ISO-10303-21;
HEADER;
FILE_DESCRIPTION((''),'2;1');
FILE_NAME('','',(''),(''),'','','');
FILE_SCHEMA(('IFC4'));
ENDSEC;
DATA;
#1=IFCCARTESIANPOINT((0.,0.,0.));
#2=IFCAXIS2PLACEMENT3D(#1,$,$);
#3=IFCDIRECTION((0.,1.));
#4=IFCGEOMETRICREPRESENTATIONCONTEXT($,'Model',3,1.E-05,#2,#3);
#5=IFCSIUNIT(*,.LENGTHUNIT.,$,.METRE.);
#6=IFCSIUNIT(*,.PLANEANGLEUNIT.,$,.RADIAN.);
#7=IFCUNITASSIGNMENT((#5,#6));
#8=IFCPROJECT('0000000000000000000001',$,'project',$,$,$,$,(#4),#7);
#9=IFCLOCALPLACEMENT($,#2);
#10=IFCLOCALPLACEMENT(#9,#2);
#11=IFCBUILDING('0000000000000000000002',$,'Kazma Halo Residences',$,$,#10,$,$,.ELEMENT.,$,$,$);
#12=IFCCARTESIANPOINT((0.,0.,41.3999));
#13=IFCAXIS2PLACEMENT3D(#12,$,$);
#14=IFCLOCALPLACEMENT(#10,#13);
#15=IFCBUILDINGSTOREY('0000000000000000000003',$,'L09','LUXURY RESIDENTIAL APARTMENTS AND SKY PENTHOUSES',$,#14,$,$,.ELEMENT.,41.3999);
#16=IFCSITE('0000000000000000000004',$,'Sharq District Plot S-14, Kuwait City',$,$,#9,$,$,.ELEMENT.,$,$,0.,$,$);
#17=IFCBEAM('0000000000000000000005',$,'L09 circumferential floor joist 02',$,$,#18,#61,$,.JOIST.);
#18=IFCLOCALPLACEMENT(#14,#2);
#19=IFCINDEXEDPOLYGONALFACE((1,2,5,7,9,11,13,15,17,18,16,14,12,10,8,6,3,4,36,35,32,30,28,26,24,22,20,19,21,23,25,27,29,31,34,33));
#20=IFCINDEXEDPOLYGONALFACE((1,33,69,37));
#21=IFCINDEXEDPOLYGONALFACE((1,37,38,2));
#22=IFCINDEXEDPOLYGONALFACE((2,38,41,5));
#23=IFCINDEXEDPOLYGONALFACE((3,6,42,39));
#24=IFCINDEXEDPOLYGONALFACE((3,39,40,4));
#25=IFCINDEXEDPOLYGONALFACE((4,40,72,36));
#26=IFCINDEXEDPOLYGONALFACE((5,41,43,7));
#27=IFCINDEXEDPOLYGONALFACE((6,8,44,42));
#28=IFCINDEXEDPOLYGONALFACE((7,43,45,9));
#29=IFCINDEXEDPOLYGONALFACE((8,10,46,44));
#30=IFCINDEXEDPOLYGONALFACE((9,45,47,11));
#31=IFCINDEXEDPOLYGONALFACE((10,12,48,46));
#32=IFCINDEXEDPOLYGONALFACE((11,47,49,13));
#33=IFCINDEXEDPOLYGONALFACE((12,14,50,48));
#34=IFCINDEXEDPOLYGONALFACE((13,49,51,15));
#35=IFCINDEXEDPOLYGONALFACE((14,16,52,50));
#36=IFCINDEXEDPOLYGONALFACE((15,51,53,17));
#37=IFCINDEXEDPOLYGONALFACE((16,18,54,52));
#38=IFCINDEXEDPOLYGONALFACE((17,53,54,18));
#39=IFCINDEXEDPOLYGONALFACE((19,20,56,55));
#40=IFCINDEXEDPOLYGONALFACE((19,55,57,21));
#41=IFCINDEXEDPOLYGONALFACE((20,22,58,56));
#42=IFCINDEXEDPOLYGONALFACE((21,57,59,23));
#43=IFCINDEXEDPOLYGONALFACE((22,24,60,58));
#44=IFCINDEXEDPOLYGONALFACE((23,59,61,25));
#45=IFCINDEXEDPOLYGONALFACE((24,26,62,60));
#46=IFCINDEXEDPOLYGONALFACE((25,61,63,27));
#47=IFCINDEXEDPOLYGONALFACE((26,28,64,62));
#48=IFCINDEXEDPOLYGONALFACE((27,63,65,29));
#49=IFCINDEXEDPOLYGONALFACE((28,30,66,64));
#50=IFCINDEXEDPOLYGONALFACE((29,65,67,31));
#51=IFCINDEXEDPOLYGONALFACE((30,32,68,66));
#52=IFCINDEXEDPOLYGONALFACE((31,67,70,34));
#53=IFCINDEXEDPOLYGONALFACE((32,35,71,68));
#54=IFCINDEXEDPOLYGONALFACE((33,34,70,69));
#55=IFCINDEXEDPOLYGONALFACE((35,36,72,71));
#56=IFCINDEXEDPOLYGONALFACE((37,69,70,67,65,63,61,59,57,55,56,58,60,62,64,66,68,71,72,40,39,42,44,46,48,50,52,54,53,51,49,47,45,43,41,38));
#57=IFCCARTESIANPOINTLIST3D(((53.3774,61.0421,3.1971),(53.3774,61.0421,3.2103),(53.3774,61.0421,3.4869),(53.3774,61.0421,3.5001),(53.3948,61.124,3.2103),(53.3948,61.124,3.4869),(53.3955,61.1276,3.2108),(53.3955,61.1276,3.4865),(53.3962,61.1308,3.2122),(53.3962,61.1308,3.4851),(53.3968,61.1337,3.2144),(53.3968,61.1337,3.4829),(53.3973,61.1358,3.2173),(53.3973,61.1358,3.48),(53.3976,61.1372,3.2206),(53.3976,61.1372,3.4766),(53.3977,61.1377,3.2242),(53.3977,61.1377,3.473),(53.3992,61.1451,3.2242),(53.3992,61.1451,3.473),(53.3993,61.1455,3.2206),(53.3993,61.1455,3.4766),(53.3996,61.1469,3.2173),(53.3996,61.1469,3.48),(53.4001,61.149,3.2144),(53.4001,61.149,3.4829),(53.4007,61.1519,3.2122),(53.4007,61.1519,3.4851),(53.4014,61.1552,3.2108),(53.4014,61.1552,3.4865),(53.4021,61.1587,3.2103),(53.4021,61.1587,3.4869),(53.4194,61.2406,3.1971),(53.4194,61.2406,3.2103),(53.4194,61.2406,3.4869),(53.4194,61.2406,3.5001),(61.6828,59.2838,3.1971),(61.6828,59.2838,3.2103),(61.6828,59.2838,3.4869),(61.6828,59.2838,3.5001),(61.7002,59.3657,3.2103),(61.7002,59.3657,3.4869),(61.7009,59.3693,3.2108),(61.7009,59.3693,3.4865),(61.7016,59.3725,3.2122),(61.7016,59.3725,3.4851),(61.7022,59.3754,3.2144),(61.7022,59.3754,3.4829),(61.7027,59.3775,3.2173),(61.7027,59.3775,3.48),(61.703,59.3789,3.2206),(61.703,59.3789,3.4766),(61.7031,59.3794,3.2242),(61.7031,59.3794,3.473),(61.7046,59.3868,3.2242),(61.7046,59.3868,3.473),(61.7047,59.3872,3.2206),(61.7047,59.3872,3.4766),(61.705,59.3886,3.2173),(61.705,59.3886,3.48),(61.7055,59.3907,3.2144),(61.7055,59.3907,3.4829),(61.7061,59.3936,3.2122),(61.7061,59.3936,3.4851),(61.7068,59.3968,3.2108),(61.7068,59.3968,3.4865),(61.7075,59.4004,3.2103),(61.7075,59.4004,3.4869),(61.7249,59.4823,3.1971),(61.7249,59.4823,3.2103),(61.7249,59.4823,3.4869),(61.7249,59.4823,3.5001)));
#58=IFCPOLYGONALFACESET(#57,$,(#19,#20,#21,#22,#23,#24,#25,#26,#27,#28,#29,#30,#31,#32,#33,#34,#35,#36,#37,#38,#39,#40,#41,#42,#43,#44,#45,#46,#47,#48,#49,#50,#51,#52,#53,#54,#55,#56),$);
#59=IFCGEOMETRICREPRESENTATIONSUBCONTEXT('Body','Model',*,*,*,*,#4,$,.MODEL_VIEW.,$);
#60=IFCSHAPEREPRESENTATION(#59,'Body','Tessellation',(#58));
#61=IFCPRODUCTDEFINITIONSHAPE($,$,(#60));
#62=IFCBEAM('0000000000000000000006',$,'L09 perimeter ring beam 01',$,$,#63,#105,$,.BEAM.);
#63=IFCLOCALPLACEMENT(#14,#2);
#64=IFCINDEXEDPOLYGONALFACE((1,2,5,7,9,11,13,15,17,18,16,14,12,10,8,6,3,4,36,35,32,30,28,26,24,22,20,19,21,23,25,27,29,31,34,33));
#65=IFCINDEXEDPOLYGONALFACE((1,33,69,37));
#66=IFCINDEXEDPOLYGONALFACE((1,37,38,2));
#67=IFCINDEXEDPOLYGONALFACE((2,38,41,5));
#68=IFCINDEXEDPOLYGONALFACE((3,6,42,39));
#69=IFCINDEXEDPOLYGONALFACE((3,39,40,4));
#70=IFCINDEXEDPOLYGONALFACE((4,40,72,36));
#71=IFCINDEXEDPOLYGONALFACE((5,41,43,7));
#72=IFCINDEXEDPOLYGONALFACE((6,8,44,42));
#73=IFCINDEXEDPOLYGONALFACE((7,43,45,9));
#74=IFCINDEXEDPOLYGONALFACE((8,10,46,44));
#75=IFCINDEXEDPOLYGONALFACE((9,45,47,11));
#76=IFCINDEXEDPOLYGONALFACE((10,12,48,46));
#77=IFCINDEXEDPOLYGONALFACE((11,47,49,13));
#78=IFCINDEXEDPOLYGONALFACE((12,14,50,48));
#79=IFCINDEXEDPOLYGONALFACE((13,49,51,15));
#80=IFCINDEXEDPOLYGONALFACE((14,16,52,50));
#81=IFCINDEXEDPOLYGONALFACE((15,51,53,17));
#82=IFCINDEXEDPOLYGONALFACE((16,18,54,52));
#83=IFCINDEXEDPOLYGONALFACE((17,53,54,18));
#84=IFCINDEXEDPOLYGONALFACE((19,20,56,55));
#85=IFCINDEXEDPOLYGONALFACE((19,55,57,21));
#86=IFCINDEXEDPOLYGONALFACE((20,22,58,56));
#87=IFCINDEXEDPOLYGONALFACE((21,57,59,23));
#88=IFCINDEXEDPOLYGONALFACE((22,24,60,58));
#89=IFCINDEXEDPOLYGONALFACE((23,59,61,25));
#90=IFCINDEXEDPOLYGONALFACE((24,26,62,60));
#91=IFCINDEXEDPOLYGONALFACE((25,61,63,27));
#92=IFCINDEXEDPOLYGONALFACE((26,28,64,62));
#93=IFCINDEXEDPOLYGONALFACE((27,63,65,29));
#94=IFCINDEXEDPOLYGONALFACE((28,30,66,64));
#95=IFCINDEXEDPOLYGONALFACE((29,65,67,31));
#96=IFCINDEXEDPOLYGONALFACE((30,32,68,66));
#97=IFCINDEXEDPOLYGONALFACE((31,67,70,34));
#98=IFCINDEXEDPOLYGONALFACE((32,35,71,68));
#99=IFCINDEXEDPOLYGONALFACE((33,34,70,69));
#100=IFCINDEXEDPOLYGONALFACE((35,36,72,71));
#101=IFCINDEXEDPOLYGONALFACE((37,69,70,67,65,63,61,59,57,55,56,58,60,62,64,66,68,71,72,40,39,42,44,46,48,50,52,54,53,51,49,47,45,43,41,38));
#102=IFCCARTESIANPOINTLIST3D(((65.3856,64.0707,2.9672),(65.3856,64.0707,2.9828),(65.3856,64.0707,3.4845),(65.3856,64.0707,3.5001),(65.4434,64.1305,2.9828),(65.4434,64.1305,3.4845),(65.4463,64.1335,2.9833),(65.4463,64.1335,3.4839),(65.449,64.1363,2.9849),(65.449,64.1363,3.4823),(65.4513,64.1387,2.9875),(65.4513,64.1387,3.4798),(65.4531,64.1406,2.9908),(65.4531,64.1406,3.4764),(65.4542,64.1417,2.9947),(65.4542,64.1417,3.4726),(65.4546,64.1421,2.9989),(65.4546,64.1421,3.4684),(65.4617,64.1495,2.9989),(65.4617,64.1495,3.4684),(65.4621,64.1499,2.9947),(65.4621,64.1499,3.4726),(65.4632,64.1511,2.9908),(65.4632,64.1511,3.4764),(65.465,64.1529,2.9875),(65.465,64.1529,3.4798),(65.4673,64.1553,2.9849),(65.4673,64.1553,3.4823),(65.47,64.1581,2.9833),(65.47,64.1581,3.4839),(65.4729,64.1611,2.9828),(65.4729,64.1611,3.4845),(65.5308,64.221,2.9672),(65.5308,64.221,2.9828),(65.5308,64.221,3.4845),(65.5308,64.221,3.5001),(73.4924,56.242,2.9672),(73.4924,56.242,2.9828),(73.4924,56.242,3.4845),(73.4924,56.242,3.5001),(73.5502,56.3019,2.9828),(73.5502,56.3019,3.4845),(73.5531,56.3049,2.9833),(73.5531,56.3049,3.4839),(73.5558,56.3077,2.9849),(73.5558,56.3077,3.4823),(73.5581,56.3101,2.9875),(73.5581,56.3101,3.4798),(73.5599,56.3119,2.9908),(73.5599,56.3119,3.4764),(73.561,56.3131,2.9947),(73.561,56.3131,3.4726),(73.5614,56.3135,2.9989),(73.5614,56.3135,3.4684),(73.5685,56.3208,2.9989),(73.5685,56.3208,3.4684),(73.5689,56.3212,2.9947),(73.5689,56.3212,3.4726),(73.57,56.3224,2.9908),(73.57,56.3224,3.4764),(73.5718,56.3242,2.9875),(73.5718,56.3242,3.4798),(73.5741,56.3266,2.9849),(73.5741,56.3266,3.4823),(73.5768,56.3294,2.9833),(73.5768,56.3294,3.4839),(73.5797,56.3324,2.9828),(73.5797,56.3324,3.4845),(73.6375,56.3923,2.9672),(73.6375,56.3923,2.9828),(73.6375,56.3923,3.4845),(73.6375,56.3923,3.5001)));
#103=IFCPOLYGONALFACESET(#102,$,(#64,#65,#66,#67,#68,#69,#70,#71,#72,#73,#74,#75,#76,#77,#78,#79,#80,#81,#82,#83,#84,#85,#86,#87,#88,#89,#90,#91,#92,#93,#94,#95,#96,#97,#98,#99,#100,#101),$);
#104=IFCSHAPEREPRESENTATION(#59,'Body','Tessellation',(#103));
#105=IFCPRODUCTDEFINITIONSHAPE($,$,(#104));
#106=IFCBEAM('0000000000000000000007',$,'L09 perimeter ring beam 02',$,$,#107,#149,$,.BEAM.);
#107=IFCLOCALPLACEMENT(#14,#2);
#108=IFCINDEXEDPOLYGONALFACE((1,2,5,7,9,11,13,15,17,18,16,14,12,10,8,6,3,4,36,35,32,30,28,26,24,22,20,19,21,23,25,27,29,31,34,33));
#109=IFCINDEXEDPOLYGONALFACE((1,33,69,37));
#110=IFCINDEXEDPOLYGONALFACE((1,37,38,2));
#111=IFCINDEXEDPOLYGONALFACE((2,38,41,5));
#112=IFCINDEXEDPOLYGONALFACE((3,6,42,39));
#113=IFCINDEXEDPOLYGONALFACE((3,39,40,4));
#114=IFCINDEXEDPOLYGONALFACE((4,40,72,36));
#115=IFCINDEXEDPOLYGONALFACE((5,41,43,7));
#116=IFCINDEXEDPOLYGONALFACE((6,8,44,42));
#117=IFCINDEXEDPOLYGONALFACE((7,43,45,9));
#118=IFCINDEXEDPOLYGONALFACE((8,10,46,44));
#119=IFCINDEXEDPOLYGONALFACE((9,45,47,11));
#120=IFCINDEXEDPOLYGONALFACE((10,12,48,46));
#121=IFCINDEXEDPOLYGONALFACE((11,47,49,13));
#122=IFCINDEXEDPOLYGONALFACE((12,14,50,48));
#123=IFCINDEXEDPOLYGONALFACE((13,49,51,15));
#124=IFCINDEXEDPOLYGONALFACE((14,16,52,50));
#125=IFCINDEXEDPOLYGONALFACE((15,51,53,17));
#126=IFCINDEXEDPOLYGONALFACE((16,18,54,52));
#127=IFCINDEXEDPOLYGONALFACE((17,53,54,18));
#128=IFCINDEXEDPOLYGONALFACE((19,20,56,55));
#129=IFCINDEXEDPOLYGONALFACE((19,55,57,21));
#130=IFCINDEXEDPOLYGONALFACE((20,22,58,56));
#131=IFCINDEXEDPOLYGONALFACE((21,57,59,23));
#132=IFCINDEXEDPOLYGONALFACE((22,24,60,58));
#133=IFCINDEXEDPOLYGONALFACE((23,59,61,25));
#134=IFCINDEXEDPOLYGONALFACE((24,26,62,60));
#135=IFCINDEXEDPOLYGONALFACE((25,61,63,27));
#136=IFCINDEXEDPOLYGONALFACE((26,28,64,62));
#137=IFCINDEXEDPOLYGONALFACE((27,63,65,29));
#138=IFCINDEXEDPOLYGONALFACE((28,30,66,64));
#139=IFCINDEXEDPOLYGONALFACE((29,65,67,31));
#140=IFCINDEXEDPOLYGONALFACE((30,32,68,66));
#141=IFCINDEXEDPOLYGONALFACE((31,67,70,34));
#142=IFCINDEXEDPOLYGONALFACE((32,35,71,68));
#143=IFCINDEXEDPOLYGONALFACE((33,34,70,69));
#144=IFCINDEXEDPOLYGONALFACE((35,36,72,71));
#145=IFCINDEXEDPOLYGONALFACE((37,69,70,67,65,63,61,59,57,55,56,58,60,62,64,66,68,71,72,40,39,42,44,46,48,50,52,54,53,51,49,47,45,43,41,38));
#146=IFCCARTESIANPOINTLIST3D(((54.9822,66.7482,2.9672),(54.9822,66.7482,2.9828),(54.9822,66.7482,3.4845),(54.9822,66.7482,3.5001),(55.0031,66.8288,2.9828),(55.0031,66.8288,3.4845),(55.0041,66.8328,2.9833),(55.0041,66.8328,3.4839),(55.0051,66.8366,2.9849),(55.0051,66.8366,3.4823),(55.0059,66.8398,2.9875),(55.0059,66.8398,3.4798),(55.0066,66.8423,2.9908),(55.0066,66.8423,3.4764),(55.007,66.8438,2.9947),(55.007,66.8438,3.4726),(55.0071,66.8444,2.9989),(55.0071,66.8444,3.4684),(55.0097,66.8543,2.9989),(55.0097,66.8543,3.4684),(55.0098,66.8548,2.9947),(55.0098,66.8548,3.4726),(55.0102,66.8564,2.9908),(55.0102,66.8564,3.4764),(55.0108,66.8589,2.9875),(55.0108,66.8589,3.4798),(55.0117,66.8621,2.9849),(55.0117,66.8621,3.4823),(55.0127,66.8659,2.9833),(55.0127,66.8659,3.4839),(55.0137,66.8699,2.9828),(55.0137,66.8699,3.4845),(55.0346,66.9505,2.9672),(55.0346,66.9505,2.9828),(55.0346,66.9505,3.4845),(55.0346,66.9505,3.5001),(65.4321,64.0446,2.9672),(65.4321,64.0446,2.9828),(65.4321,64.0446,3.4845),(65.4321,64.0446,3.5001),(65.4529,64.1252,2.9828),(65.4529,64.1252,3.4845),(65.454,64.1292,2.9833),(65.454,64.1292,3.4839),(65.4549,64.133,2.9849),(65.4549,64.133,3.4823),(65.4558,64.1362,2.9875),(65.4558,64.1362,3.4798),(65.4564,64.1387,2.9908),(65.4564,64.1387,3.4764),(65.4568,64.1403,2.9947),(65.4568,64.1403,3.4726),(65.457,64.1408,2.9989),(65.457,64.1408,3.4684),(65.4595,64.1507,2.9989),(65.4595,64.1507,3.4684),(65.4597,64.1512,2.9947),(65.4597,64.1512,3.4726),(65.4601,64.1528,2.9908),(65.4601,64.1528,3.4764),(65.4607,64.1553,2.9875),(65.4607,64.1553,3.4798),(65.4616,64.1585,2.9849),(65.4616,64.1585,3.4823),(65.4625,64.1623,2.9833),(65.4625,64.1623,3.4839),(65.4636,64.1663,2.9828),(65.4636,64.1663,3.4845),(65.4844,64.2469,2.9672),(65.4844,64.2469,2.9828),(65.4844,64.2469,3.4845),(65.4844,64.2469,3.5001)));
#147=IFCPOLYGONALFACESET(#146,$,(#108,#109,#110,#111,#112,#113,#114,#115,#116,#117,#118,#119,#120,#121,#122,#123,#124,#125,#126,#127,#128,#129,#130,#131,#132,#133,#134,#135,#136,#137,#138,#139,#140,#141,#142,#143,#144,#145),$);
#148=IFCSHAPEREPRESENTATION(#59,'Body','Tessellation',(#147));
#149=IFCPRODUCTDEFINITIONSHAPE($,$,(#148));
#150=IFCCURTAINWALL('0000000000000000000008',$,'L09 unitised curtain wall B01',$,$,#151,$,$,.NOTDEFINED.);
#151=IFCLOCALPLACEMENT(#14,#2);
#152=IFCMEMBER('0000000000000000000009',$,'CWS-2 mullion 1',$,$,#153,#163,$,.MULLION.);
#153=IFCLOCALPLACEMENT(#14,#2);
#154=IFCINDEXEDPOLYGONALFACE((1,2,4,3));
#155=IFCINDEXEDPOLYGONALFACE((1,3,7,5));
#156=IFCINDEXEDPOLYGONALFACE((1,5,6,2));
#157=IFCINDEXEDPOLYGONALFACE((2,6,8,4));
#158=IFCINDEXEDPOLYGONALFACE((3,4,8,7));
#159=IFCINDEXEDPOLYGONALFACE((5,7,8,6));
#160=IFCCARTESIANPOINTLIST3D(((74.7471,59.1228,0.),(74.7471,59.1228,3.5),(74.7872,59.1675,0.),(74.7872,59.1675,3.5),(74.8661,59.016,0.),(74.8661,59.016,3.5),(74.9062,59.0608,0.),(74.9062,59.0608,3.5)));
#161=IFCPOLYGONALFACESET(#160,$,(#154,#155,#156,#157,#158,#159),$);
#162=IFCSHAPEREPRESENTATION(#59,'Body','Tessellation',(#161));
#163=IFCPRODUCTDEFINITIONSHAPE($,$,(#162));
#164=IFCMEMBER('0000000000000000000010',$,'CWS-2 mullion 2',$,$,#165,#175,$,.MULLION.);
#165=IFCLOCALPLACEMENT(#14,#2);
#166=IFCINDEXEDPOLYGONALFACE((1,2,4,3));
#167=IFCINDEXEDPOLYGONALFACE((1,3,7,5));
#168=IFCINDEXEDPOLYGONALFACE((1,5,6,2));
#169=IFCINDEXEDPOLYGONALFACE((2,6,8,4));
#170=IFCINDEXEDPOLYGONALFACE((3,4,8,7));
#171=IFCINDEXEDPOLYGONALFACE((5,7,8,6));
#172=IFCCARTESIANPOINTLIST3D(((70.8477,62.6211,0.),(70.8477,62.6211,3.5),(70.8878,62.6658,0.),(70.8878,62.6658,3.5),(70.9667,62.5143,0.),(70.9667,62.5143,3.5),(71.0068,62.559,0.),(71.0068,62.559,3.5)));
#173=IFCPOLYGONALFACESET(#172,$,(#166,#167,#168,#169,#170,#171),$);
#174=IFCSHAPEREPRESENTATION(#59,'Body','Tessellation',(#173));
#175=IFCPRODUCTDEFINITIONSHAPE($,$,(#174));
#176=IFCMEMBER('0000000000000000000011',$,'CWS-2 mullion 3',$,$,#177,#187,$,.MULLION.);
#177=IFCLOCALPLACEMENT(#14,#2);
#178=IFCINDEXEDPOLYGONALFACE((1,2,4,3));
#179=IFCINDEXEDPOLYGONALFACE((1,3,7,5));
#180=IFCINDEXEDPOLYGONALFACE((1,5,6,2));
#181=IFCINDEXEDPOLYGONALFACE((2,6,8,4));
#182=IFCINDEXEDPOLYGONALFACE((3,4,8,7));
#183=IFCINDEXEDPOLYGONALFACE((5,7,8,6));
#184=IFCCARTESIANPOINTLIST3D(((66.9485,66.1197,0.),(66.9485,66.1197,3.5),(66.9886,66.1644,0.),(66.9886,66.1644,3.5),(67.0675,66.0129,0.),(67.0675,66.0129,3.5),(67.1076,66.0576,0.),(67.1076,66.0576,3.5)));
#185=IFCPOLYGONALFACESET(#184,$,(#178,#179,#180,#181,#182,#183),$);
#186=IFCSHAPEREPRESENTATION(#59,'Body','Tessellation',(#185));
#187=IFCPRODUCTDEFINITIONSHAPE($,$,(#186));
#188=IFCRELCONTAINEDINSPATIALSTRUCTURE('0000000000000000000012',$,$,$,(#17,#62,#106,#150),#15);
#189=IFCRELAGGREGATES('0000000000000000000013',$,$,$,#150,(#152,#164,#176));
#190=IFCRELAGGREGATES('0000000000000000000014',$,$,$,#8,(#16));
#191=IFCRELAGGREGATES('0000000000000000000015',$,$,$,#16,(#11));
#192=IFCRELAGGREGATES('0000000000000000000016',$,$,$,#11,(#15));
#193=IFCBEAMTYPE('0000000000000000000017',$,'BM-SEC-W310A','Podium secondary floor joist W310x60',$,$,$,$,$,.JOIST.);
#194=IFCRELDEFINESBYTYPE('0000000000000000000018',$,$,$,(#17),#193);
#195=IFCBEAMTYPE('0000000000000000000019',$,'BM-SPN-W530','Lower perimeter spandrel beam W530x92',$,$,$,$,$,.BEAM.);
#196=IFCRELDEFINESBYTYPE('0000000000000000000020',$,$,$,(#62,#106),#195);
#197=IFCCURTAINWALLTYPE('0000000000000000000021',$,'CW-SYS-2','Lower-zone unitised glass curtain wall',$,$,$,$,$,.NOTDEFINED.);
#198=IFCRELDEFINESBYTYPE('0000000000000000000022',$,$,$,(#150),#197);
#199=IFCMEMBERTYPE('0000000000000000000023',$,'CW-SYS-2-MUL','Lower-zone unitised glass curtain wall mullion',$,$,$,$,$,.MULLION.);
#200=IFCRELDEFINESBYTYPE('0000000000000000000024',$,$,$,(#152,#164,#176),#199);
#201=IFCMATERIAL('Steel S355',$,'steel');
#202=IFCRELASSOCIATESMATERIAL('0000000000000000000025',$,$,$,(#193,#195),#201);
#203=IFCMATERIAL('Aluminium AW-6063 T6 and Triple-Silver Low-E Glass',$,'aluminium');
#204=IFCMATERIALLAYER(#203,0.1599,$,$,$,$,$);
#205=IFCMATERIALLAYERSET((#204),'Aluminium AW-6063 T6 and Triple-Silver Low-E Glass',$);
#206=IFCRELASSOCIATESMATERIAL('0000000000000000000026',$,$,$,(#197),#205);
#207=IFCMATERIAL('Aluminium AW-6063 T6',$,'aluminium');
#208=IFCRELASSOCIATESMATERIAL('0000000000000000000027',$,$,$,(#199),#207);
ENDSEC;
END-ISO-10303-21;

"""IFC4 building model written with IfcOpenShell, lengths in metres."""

from ifc_helpers import new_model, si_unit, direction, frame, origin, origin_2d, place, context, subcontext, project, spatial, rectangle, i_section, extrude, material, layer, layer_set, material_profile, profile_set, type_object, element, aggregate, save


model = new_model("IFC4")

# Units and contexts
model_context = context("Model", 3, precision=1e-05, world=origin(), true_north=direction((0.0, 1.0)))
body_context = subcontext(model_context, "Body", "Model", "MODEL_VIEW")
ifc_project = project(units=[si_unit("LENGTHUNIT", "METRE"), si_unit("PLANEANGLEUNIT", "RADIAN")], contexts=[model_context])

# Site, building, storey
site_placement = place(None, origin())
site = spatial("IfcSite", under=ifc_project, at=site_placement, Name="Sharq District Plot S-14, Kuwait City", CompositionType="ELEMENT", RefElevation=0.0)
building_placement = place(site_placement, origin())
building = spatial("IfcBuilding", under=site, at=building_placement, Name="Kazma Halo Residences", CompositionType="ELEMENT")
storey_placement = place(building_placement, frame((0.0, 0.0, 41.3999)))
storey = spatial("IfcBuildingStorey", under=building, at=storey_placement, Name="L09", Description="LUXURY RESIDENTIAL APARTMENTS AND SKY PENTHOUSES", CompositionType="ELEMENT", Elevation=41.3999)

# Beams
ifc_material_1 = material(Name="Steel S355", Category="steel")
ifc_material_profile_1 = material_profile(ifc_material_1, i_section(OverallWidth=0.2029, OverallDepth=0.303, WebThickness=0.0076, FlangeThickness=0.0132, FilletRadius=0.0139, at=origin_2d()), Name="W310x60")
ifc_profile_set_1 = profile_set([ifc_material_profile_1], Name="Steel S355")
beam_type_1 = type_object("IfcBeamType", Name="BM-SEC-W310A", Description="Podium secondary floor joist W310x60", PredefinedType="JOIST", material=ifc_profile_set_1)
beam_1_placement = place(storey_placement, frame((61.7039, 59.3831, 3.3486), z_axis=(-0.978317, 0.207115, 0.0), x_axis=(-0.207115, -0.978317, 0.0)))
element("IfcBeam", 1, at=beam_1_placement, inside=storey, type_object=beam_type_1, Name="L09 circumferential floor joist 02", PredefinedType="JOIST", context=body_context, shape_type="SweptSolid", body=[
    extrude(i_section(OverallWidth=0.2029, OverallDepth=0.303, WebThickness=0.0076, FlangeThickness=0.0132, FilletRadius=0.0139, at=origin_2d()), origin(), (0.0, 0.0, 1.0), 8.4895),
])
ifc_material_profile_2 = material_profile(ifc_material_1, i_section(OverallWidth=0.209, OverallDepth=0.533, WebThickness=0.0103, FlangeThickness=0.0156, FilletRadius=0.0161, at=origin_2d()), Name="W530x92")
ifc_profile_set_2 = profile_set([ifc_material_profile_2], Name="Steel S355")
beam_type_2 = type_object("IfcBeamType", Name="BM-SPN-W530", Description="Lower perimeter spandrel beam W530x92", PredefinedType="BEAM", material=ifc_profile_set_2)
beam_2_placement = place(storey_placement, frame((73.5649, 56.3171, 3.2336), z_axis=(-0.719337, 0.694662, 0.0), x_axis=(-0.694662, -0.719337, 0.0)))
element("IfcBeam", 2, at=beam_2_placement, inside=storey, type_object=beam_type_2, Name="L09 perimeter ring beam 01", PredefinedType="BEAM", context=body_context, shape_type="SweptSolid", body=[
    extrude(i_section(OverallWidth=0.209, OverallDepth=0.533, WebThickness=0.0103, FlangeThickness=0.0156, FilletRadius=0.0161, at=origin_2d()), origin(), (0.0, 0.0, 1.0), 11.2698),
])
beam_3_placement = place(storey_placement, frame((65.4583, 64.1458, 3.2336), z_axis=(-0.968124, 0.250473, 0.0), x_axis=(-0.250473, -0.968124, 0.0)))
element("IfcBeam", 3, at=beam_3_placement, inside=storey, type_object=beam_type_2, Name="L09 perimeter ring beam 02", PredefinedType="BEAM", context=body_context, shape_type="SweptSolid", body=[
    extrude(i_section(OverallWidth=0.209, OverallDepth=0.533, WebThickness=0.0103, FlangeThickness=0.0156, FilletRadius=0.0161, at=origin_2d()), origin(), (0.0, 0.0, 1.0), 10.7939),
])

# Curtain wall, members
ifc_material_2 = material(Name="Aluminium AW-6063 T6 and Triple-Silver Low-E Glass", Category="aluminium")
ifc_layer_1 = layer(ifc_material_2, 0.1599)
ifc_layer_set_1 = layer_set([ifc_layer_1], Name="Aluminium AW-6063 T6 and Triple-Silver Low-E Glass")
curtain_wall_type = type_object("IfcCurtainWallType", Name="CW-SYS-2", Description="Lower-zone unitised glass curtain wall", PredefinedType="NOTDEFINED", material=ifc_layer_set_1)
curtain_wall_1_placement = place(storey_placement, origin())
curtain_wall_1 = element("IfcCurtainWall", 4, at=curtain_wall_1_placement, inside=storey, type_object=curtain_wall_type, Name="L09 unitised curtain wall B01", PredefinedType="NOTDEFINED")
ifc_material_3 = material(Name="Aluminium AW-6063 T6", Category="aluminium")
ifc_material_profile_3 = material_profile(ifc_material_3, rectangle(XDim=0.0601, YDim=0.1599, at=origin_2d()), Name="CWM-60x160")
ifc_profile_set_3 = profile_set([ifc_material_profile_3], Name="Aluminium AW-6063 T6")
member_type_1 = type_object("IfcMemberType", Name="CW-SYS-2-MUL", Description="Lower-zone unitised glass curtain wall mullion", PredefinedType="MULLION", material=ifc_profile_set_3)
member_1_placement = place(storey_placement, frame((74.8267, 59.0918, 0.0), z_axis=(0.0, 0.0, 1.0), x_axis=(-0.667821, -0.744322, 0.0)))
member_1 = element("IfcMember", 5, at=member_1_placement, type_object=member_type_1, Name="CWS-2 mullion 1", PredefinedType="MULLION", context=body_context, shape_type="SweptSolid", body=[
    extrude(rectangle(XDim=0.0601, YDim=0.1599, at=origin_2d()), origin(), (0.0, 0.0, 1.0), 3.5),
])
member_2_placement = place(storey_placement, frame((70.9272, 62.5901, 0.0), z_axis=(0.0, 0.0, 1.0), x_axis=(-0.667821, -0.744322, 0.0)))
member_2 = element("IfcMember", 6, at=member_2_placement, type_object=member_type_1, Name="CWS-2 mullion 2", PredefinedType="MULLION", context=body_context, shape_type="SweptSolid", body=[
    extrude(rectangle(XDim=0.0601, YDim=0.1599, at=origin_2d()), origin(), (0.0, 0.0, 1.0), 3.5),
])
member_3_placement = place(storey_placement, frame((67.0281, 66.0886, 0.0), z_axis=(0.0, 0.0, 1.0), x_axis=(-0.667821, -0.744322, 0.0)))
member_3 = element("IfcMember", 7, at=member_3_placement, type_object=member_type_1, Name="CWS-2 mullion 3", PredefinedType="MULLION", context=body_context, shape_type="SweptSolid", body=[
    extrude(rectangle(XDim=0.0601, YDim=0.1599, at=origin_2d()), origin(), (0.0, 0.0, 1.0), 3.5),
])

aggregate(curtain_wall_1, [member_1, member_2, member_3])

save(model, "model.ifc")
